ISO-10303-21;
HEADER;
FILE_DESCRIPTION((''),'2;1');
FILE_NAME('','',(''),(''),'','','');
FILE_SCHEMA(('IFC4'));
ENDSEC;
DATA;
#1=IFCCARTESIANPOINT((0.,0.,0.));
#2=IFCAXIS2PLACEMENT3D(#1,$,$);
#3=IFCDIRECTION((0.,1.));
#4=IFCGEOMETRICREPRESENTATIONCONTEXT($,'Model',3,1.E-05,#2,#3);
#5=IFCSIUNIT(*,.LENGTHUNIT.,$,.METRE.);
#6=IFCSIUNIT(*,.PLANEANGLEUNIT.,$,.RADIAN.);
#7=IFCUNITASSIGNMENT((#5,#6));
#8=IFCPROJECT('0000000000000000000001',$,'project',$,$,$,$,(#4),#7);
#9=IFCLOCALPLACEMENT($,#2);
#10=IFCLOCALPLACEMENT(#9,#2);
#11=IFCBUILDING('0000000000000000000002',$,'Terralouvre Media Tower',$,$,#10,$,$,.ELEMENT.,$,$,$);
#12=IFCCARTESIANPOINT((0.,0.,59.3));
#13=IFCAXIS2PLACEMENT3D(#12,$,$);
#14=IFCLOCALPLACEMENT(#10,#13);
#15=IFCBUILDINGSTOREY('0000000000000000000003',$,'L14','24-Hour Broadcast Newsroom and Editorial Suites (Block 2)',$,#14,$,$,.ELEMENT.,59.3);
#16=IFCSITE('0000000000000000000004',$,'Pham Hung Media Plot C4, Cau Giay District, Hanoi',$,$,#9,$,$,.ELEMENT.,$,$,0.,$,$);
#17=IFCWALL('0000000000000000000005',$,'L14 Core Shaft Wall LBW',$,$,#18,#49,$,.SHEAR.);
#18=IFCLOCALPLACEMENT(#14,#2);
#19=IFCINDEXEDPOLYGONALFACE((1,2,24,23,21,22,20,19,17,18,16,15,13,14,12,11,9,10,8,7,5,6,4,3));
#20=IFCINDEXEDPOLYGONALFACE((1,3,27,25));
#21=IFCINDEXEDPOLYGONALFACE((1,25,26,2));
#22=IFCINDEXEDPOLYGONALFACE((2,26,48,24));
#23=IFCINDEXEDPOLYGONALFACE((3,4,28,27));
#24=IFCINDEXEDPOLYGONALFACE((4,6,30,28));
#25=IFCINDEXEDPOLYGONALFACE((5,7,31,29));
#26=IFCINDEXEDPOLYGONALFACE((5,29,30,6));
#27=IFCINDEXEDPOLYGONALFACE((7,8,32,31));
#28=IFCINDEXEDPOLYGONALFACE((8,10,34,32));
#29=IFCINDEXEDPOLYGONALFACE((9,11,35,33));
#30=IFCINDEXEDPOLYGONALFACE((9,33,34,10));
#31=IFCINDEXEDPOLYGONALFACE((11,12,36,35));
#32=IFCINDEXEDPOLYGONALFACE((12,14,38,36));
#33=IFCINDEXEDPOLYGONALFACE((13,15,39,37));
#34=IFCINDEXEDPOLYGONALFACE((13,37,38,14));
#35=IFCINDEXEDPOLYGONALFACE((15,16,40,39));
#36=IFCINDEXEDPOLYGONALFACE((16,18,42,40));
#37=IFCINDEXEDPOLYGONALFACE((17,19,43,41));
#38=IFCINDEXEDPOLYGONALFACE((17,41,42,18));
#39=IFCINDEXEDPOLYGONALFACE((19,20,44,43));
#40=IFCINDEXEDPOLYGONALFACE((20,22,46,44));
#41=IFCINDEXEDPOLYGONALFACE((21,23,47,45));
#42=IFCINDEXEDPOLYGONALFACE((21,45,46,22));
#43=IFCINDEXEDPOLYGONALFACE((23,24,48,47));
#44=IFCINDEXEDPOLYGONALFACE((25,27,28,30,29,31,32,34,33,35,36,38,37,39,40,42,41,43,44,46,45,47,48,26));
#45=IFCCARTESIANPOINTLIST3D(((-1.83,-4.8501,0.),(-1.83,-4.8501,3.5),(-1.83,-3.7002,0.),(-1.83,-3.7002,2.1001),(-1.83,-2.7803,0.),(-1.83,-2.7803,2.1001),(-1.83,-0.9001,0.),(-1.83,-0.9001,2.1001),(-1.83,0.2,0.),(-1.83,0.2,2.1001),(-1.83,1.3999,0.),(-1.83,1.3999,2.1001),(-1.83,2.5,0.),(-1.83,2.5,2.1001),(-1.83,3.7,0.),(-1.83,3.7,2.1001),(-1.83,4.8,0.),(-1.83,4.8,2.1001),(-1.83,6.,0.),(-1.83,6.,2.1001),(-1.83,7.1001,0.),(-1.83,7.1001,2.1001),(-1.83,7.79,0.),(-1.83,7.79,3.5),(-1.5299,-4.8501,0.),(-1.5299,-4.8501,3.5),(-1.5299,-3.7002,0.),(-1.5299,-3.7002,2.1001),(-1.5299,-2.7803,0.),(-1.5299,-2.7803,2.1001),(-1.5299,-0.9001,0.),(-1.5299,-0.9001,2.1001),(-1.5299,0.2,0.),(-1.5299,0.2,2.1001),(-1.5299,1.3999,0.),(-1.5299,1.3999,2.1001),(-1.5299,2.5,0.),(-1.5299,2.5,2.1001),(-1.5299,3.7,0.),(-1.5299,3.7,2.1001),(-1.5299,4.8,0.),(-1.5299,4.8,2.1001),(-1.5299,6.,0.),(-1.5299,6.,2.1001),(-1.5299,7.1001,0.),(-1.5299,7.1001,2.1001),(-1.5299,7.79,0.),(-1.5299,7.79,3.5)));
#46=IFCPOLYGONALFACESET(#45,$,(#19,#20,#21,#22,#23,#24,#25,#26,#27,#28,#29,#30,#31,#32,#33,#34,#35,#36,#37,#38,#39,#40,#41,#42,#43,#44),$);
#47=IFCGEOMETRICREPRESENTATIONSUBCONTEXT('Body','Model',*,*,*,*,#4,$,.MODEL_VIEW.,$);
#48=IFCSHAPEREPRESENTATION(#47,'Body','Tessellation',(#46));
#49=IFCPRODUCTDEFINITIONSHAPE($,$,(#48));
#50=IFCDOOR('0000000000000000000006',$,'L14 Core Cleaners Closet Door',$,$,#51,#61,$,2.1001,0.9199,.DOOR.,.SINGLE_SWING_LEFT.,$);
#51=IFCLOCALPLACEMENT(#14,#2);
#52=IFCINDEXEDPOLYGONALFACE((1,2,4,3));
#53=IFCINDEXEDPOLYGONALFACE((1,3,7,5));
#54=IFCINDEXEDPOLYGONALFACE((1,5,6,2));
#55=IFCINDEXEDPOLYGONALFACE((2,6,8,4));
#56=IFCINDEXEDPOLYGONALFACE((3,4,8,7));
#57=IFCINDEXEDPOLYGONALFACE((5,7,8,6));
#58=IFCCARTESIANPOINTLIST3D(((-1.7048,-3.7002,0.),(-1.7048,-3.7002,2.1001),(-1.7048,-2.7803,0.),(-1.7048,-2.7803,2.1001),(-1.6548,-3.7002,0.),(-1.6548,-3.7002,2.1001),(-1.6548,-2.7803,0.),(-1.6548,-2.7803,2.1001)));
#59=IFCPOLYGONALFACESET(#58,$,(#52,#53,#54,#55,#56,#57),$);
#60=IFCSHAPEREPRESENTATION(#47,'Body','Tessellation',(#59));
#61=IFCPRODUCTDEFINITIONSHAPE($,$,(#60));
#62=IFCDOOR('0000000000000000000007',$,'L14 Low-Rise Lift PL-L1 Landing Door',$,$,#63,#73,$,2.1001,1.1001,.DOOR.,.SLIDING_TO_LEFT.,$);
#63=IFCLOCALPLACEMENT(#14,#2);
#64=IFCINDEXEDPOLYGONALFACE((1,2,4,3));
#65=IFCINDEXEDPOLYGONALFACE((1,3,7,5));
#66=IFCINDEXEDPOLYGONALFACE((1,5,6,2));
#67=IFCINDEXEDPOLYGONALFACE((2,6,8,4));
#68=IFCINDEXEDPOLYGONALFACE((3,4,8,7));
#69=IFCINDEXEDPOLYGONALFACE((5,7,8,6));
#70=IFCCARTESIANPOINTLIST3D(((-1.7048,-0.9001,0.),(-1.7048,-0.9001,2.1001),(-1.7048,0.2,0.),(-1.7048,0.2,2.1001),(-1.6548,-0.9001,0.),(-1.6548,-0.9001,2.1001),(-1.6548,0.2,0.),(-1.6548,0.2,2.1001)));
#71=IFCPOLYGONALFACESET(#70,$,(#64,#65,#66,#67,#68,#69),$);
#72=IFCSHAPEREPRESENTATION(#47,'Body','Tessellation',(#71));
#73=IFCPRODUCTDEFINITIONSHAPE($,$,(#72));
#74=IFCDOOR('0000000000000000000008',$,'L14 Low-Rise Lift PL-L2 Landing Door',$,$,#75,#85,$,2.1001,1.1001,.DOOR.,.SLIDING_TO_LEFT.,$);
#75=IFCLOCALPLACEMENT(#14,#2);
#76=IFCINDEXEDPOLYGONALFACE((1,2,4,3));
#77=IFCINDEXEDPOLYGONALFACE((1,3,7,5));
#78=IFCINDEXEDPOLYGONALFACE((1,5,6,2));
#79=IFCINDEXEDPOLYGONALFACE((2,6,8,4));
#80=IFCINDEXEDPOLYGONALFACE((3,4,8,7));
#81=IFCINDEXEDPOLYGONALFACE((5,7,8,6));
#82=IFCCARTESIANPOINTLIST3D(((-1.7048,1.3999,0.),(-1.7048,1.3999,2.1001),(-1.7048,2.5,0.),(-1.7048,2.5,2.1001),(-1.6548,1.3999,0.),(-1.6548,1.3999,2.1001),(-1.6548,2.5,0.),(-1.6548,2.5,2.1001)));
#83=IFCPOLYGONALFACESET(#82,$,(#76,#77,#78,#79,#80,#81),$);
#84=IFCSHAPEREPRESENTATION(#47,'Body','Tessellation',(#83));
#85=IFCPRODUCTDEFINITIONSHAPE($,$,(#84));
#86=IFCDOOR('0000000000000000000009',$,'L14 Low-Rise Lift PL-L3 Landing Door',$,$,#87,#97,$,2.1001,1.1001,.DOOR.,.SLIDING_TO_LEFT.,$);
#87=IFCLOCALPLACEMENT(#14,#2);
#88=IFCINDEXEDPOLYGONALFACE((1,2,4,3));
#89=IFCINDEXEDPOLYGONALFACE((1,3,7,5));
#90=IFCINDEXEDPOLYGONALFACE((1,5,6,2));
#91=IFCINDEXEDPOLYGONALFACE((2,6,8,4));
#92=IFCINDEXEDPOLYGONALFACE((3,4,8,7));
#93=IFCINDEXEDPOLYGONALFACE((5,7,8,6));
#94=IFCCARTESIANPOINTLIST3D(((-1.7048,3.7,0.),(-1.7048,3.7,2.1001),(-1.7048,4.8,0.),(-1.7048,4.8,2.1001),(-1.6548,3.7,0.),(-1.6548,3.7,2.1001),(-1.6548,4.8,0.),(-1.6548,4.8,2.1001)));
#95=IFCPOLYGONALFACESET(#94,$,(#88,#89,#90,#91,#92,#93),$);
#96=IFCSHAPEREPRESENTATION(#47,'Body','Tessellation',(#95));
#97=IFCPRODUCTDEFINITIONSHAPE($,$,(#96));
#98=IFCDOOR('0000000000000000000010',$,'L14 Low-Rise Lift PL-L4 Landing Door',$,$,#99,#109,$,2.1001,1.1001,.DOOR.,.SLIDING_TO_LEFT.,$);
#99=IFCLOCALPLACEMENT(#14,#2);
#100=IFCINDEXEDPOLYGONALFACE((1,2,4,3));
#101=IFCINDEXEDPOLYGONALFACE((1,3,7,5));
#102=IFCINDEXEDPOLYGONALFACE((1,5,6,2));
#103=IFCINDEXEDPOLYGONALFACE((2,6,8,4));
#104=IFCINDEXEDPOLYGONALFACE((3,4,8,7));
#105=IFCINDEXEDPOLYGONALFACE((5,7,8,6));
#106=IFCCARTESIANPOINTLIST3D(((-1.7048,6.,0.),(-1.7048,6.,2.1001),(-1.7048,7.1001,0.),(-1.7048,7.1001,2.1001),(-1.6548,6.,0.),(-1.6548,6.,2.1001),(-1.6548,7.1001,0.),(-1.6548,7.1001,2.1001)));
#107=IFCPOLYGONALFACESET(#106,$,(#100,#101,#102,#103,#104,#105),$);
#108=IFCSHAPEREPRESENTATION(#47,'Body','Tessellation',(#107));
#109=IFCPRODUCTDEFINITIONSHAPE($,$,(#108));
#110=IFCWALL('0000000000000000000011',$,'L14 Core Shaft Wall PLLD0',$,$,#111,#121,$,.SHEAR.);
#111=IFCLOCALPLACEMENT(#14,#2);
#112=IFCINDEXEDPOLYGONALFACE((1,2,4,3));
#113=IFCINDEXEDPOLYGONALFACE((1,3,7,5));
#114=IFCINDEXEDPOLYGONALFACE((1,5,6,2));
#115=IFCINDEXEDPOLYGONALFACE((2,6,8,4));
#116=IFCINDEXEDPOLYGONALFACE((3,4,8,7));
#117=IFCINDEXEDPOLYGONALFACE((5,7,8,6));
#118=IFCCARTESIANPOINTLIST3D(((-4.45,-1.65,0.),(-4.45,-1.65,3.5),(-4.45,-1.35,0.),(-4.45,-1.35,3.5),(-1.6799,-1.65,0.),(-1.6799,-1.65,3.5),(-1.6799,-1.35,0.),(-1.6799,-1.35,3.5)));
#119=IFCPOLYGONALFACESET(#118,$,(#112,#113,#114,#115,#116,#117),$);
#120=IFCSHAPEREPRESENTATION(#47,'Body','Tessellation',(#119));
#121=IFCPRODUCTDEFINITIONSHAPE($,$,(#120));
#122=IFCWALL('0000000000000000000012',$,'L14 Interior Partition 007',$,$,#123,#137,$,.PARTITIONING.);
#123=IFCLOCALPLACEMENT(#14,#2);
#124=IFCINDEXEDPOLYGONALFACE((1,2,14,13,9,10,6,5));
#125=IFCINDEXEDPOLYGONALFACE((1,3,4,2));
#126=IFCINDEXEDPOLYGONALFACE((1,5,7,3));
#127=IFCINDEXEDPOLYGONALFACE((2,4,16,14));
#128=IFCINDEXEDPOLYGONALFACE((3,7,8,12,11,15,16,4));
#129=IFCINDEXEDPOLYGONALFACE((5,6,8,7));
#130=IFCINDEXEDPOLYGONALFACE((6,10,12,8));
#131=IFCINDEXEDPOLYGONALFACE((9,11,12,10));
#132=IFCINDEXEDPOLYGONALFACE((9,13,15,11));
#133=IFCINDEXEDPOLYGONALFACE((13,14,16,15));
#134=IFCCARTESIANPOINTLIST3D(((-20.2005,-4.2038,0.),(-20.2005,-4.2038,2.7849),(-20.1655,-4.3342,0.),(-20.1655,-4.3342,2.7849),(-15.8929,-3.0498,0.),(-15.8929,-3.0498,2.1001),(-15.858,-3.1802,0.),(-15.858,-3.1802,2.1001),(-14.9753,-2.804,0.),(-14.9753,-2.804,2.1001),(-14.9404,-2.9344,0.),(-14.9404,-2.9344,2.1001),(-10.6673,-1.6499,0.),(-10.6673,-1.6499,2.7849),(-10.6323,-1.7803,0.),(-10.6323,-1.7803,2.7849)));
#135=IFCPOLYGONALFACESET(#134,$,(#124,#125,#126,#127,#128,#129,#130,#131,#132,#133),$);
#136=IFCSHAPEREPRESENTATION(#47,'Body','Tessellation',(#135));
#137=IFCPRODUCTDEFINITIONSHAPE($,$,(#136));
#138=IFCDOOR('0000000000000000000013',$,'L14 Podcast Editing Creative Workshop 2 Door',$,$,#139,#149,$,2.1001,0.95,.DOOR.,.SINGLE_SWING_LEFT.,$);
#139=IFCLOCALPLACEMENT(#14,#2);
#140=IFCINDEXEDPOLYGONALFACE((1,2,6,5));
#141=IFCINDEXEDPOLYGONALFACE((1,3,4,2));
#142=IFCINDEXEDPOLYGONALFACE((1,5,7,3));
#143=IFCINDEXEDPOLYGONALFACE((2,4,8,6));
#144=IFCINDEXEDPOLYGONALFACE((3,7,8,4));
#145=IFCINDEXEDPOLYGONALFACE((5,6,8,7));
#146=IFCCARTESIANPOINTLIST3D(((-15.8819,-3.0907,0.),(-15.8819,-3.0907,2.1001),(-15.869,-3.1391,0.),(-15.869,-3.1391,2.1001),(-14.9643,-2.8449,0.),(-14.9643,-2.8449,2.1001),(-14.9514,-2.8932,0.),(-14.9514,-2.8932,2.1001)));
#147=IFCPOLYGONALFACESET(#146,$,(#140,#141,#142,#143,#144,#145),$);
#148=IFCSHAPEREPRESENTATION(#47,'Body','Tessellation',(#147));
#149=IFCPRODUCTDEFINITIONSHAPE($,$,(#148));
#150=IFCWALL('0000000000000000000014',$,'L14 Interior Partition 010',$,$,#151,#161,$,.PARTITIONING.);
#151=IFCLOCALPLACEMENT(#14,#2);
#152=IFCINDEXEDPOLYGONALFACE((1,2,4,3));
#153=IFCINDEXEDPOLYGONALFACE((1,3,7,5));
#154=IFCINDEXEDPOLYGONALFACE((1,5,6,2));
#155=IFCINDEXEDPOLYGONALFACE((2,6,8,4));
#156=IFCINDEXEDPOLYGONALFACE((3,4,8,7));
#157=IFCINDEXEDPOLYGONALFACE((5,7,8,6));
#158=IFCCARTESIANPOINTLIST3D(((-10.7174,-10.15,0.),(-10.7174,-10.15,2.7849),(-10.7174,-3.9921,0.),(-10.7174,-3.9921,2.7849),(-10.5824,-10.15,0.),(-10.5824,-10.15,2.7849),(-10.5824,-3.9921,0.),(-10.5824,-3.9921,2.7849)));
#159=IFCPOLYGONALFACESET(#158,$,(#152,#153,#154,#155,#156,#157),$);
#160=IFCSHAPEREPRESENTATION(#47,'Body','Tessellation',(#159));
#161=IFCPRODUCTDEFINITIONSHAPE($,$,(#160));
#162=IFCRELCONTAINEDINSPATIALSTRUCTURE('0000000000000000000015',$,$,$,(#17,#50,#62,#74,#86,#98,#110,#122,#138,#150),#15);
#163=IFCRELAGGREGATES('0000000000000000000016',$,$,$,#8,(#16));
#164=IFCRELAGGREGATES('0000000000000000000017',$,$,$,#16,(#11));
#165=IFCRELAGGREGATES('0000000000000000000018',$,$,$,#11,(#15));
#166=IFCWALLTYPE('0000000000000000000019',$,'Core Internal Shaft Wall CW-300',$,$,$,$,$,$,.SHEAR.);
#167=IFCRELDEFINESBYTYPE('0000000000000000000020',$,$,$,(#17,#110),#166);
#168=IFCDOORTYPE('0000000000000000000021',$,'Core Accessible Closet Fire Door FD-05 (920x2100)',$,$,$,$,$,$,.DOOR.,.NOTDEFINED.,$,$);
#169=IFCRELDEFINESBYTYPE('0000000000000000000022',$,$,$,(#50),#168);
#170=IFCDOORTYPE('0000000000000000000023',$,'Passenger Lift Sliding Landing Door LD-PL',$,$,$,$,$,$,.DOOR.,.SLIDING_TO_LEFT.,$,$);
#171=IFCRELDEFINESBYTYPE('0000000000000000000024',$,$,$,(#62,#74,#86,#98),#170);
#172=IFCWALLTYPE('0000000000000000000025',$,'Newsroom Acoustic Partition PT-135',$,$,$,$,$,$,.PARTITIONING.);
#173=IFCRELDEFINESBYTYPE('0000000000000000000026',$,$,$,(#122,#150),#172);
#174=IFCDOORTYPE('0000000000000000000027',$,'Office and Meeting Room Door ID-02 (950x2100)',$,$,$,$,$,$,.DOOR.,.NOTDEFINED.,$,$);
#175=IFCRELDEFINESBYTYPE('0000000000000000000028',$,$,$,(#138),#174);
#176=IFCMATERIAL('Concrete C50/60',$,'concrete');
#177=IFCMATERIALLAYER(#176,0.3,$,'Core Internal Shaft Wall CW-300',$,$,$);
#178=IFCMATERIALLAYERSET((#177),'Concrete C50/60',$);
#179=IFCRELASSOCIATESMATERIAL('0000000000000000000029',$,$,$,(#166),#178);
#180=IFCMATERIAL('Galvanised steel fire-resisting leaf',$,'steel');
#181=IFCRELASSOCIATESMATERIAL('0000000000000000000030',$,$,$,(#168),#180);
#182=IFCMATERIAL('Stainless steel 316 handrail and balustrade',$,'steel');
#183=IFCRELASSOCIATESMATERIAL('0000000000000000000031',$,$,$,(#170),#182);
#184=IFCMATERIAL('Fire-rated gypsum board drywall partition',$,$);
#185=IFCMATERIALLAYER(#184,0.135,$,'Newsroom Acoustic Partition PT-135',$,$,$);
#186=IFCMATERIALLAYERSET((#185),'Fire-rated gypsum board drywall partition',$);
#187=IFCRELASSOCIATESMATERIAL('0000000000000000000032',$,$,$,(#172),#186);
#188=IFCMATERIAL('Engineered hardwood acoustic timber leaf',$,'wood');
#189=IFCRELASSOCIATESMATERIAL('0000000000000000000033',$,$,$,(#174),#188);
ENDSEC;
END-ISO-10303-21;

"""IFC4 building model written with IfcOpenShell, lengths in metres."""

from ifc_helpers import new_model, si_unit, direction, frame, frame_2d, origin, place, context, subcontext, project, spatial, rectangle, extrude, material, layer, layer_set, type_object, element, fill, save


model = new_model("IFC4")

# Units and contexts
model_context = context("Model", 3, precision=1e-05, world=origin(), true_north=direction((0.0, 1.0)))
body_context = subcontext(model_context, "Body", "Model", "MODEL_VIEW")
ifc_project = project(units=[si_unit("LENGTHUNIT", "METRE"), si_unit("PLANEANGLEUNIT", "RADIAN")], contexts=[model_context])

# Site, building, storey
site_placement = place(None, origin())
site = spatial("IfcSite", under=ifc_project, at=site_placement, Name="Pham Hung Media Plot C4, Cau Giay District, Hanoi", CompositionType="ELEMENT", RefElevation=0.0)
building_placement = place(site_placement, origin())
building = spatial("IfcBuilding", under=site, at=building_placement, Name="Terralouvre Media Tower", CompositionType="ELEMENT")
storey_placement = place(building_placement, frame((0.0, 0.0, 59.3)))
storey = spatial("IfcBuildingStorey", under=building, at=storey_placement, Name="L14", Description="24-Hour Broadcast Newsroom and Editorial Suites (Block 2)", CompositionType="ELEMENT", Elevation=59.3)

# Shared definitions
ifc_material_1 = material(Name="Concrete C50/60", Category="concrete")
ifc_layer_1 = layer(ifc_material_1, 0.3, Name="Core Internal Shaft Wall CW-300")
ifc_layer_set_1 = layer_set([ifc_layer_1], Name="Concrete C50/60")
wall_type_1 = type_object("IfcWallType", Name="Core Internal Shaft Wall CW-300", PredefinedType="SHEAR", material=ifc_layer_set_1)

# Wall, openings, doors
wall_1_placement = place(storey_placement, frame((-1.6799, -4.8501, 0.0), z_axis=(0.0, 0.0, 1.0), x_axis=(0.0, 1.0, 0.0)))
wall_1 = element("IfcWall", 1, at=wall_1_placement, inside=storey, type_object=wall_type_1, Name="L14 Core Shaft Wall LBW", PredefinedType="SHEAR", context=body_context, shape_type="SweptSolid", body=[
    extrude(rectangle(XDim=12.6401, YDim=0.3, at=frame_2d((6.3201, 0.0))), origin(), (0.0, 0.0, 1.0), 3.5),
])
opening_1_placement = place(wall_1_placement, frame((3.95, 0.0, 0.0)))
opening_1 = element("IfcOpeningElement", 2, at=opening_1_placement, cuts=wall_1, PredefinedType="OPENING", context=body_context, shape_type="SweptSolid", body=[
    extrude(rectangle(XDim=1.1001, YDim=2.1001, at=frame_2d((0.55, 1.05))), frame((0.0, 0.1599, 0.0), z_axis=(0.0, -1.0, 0.0), x_axis=(1.0, 0.0, 0.0)), (0.0, 0.0, 1.0), 0.3201),
])
opening_2_placement = place(wall_1_placement, frame((6.25, 0.0, 0.0)))
opening_2 = element("IfcOpeningElement", 3, at=opening_2_placement, cuts=wall_1, PredefinedType="OPENING", context=body_context, shape_type="SweptSolid", body=[
    extrude(rectangle(XDim=1.1001, YDim=2.1001, at=frame_2d((0.55, 1.05))), frame((0.0, 0.1599, 0.0), z_axis=(0.0, -1.0, 0.0), x_axis=(1.0, 0.0, 0.0)), (0.0, 0.0, 1.0), 0.3201),
])
opening_3_placement = place(wall_1_placement, frame((8.55, 0.0, 0.0)))
opening_3 = element("IfcOpeningElement", 4, at=opening_3_placement, cuts=wall_1, PredefinedType="OPENING", context=body_context, shape_type="SweptSolid", body=[
    extrude(rectangle(XDim=1.1001, YDim=2.1001, at=frame_2d((0.55, 1.05))), frame((0.0, 0.1599, 0.0), z_axis=(0.0, -1.0, 0.0), x_axis=(1.0, 0.0, 0.0)), (0.0, 0.0, 1.0), 0.3201),
])
opening_4_placement = place(wall_1_placement, frame((10.8501, 0.0, 0.0)))
opening_4 = element("IfcOpeningElement", 5, at=opening_4_placement, cuts=wall_1, PredefinedType="OPENING", context=body_context, shape_type="SweptSolid", body=[
    extrude(rectangle(XDim=1.1001, YDim=2.1001, at=frame_2d((0.55, 1.05))), frame((0.0, 0.1599, 0.0), z_axis=(0.0, -1.0, 0.0), x_axis=(1.0, 0.0, 0.0)), (0.0, 0.0, 1.0), 0.3201),
])
opening_5_placement = place(wall_1_placement, frame((1.1499, 0.0, 0.0)))
opening_5 = element("IfcOpeningElement", 6, at=opening_5_placement, cuts=wall_1, PredefinedType="OPENING", context=body_context, shape_type="SweptSolid", body=[
    extrude(rectangle(XDim=0.9199, YDim=2.1001, at=frame_2d((0.46, 1.05))), frame((0.0, 0.1599, 0.0), z_axis=(0.0, -1.0, 0.0), x_axis=(1.0, 0.0, 0.0)), (0.0, 0.0, 1.0), 0.3201),
])
ifc_material_2 = material(Name="Galvanised steel fire-resisting leaf", Category="steel")
door_type_1 = type_object("IfcDoorType", Name="Core Accessible Closet Fire Door FD-05 (920x2100)", OperationType="NOTDEFINED", PredefinedType="DOOR", material=ifc_material_2)
door_1_placement = place(opening_5_placement, origin())
door_1 = element("IfcDoor", 7, at=door_1_placement, inside=storey, type_object=door_type_1, Name="L14 Core Cleaners Closet Door", OperationType="SINGLE_SWING_LEFT", OverallHeight=2.1001, OverallWidth=0.9199, PredefinedType="DOOR", context=body_context, shape_type="SweptSolid", body=[
    extrude(rectangle(XDim=0.9199, YDim=2.1001, at=frame_2d((0.46, 1.05))), frame((0.0, 0.0249, 0.0), z_axis=(0.0, -1.0, 0.0), x_axis=(1.0, 0.0, 0.0)), (0.0, 0.0, 1.0), 0.05),
])
fill(opening_5, door_1)
ifc_material_3 = material(Name="Stainless steel 316 handrail and balustrade", Category="steel")
door_type_2 = type_object("IfcDoorType", Name="Passenger Lift Sliding Landing Door LD-PL", OperationType="SLIDING_TO_LEFT", PredefinedType="DOOR", material=ifc_material_3)
door_2_placement = place(opening_1_placement, origin())
door_2 = element("IfcDoor", 8, at=door_2_placement, inside=storey, type_object=door_type_2, Name="L14 Low-Rise Lift PL-L1 Landing Door", OperationType="SLIDING_TO_LEFT", OverallHeight=2.1001, OverallWidth=1.1001, PredefinedType="DOOR", context=body_context, shape_type="SweptSolid", body=[
    extrude(rectangle(XDim=1.1001, YDim=2.1001, at=frame_2d((0.55, 1.05))), frame((0.0, 0.0249, 0.0), z_axis=(0.0, -1.0, 0.0), x_axis=(1.0, 0.0, 0.0)), (0.0, 0.0, 1.0), 0.05),
])
fill(opening_1, door_2)
door_3_placement = place(opening_2_placement, origin())
door_3 = element("IfcDoor", 9, at=door_3_placement, inside=storey, type_object=door_type_2, Name="L14 Low-Rise Lift PL-L2 Landing Door", OperationType="SLIDING_TO_LEFT", OverallHeight=2.1001, OverallWidth=1.1001, PredefinedType="DOOR", context=body_context, shape_type="SweptSolid", body=[
    extrude(rectangle(XDim=1.1001, YDim=2.1001, at=frame_2d((0.55, 1.05))), frame((0.0, 0.0249, 0.0), z_axis=(0.0, -1.0, 0.0), x_axis=(1.0, 0.0, 0.0)), (0.0, 0.0, 1.0), 0.05),
])
fill(opening_2, door_3)
door_4_placement = place(opening_3_placement, origin())
door_4 = element("IfcDoor", 10, at=door_4_placement, inside=storey, type_object=door_type_2, Name="L14 Low-Rise Lift PL-L3 Landing Door", OperationType="SLIDING_TO_LEFT", OverallHeight=2.1001, OverallWidth=1.1001, PredefinedType="DOOR", context=body_context, shape_type="SweptSolid", body=[
    extrude(rectangle(XDim=1.1001, YDim=2.1001, at=frame_2d((0.55, 1.05))), frame((0.0, 0.0249, 0.0), z_axis=(0.0, -1.0, 0.0), x_axis=(1.0, 0.0, 0.0)), (0.0, 0.0, 1.0), 0.05),
])
fill(opening_3, door_4)
door_5_placement = place(opening_4_placement, origin())
door_5 = element("IfcDoor", 11, at=door_5_placement, inside=storey, type_object=door_type_2, Name="L14 Low-Rise Lift PL-L4 Landing Door", OperationType="SLIDING_TO_LEFT", OverallHeight=2.1001, OverallWidth=1.1001, PredefinedType="DOOR", context=body_context, shape_type="SweptSolid", body=[
    extrude(rectangle(XDim=1.1001, YDim=2.1001, at=frame_2d((0.55, 1.05))), frame((0.0, 0.0249, 0.0), z_axis=(0.0, -1.0, 0.0), x_axis=(1.0, 0.0, 0.0)), (0.0, 0.0, 1.0), 0.05),
])
fill(opening_4, door_5)

# Wall
wall_2_placement = place(storey_placement, frame((-4.45, -1.5, 0.0), z_axis=(0.0, 0.0, 1.0), x_axis=(1.0, 0.0, 0.0)))
element("IfcWall", 12, at=wall_2_placement, inside=storey, type_object=wall_type_1, Name="L14 Core Shaft Wall PLLD0", PredefinedType="SHEAR", context=body_context, shape_type="SweptSolid", body=[
    extrude(rectangle(XDim=2.77, YDim=0.3, at=frame_2d((1.385, 0.0))), origin(), (0.0, 0.0, 1.0), 3.5),
])

# Wall, opening, door
ifc_material_4 = material(Name="Fire-rated gypsum board drywall partition")
ifc_layer_2 = layer(ifc_material_4, 0.135, Name="Newsroom Acoustic Partition PT-135")
ifc_layer_set_2 = layer_set([ifc_layer_2], Name="Fire-rated gypsum board drywall partition")
wall_type_2 = type_object("IfcWallType", Name="Newsroom Acoustic Partition PT-135", PredefinedType="PARTITIONING", material=ifc_layer_set_2)
wall_3_placement = place(storey_placement, frame((-10.6499, -1.7151, 0.0), z_axis=(0.0, 0.0, 1.0), x_axis=(-0.965937, -0.258776, 0.0)))
wall_3 = element("IfcWall", 13, at=wall_3_placement, inside=storey, type_object=wall_type_2, Name="L14 Interior Partition 007", PredefinedType="PARTITIONING", context=body_context, shape_type="SweptSolid", body=[
    extrude(rectangle(XDim=9.8694, YDim=0.135, at=frame_2d((4.9346, 0.0))), origin(), (0.0, 0.0, 1.0), 2.7849),
])
opening_6_placement = place(wall_3_placement, frame((4.4597, 0.0, 0.0)))
opening_6 = element("IfcOpeningElement", 14, at=opening_6_placement, cuts=wall_3, PredefinedType="OPENING", context=body_context, shape_type="SweptSolid", body=[
    extrude(rectangle(XDim=0.95, YDim=2.1001, at=frame_2d((0.4751, 1.05))), frame((0.0, 0.0774, 0.0), z_axis=(0.0, -1.0, 0.0), x_axis=(1.0, 0.0, 0.0)), (0.0, 0.0, 1.0), 0.155),
])
ifc_material_5 = material(Name="Engineered hardwood acoustic timber leaf", Category="wood")
door_type_3 = type_object("IfcDoorType", Name="Office and Meeting Room Door ID-02 (950x2100)", OperationType="NOTDEFINED", PredefinedType="DOOR", material=ifc_material_5)
door_6_placement = place(opening_6_placement, origin())
door_6 = element("IfcDoor", 15, at=door_6_placement, inside=storey, type_object=door_type_3, Name="L14 Podcast Editing Creative Workshop 2 Door", OperationType="SINGLE_SWING_LEFT", OverallHeight=2.1001, OverallWidth=0.95, PredefinedType="DOOR", context=body_context, shape_type="SweptSolid", body=[
    extrude(rectangle(XDim=0.95, YDim=2.1001, at=frame_2d((0.4751, 1.05))), frame((0.0, 0.0249, 0.0), z_axis=(0.0, -1.0, 0.0), x_axis=(1.0, 0.0, 0.0)), (0.0, 0.0, 1.0), 0.05),
])
fill(opening_6, door_6)

# Wall
wall_4_placement = place(storey_placement, frame((-10.6499, -3.9919, 0.0), z_axis=(0.0, 0.0, 1.0), x_axis=(0.0, -1.0, 0.0)))
element("IfcWall", 16, at=wall_4_placement, inside=storey, type_object=wall_type_2, Name="L14 Interior Partition 010", PredefinedType="PARTITIONING", context=body_context, shape_type="SweptSolid", body=[
    extrude(rectangle(XDim=6.158, YDim=0.135, at=frame_2d((3.0791, 0.0))), origin(), (0.0, 0.0, 1.0), 2.7849),
])

save(model, "model.ifc")
